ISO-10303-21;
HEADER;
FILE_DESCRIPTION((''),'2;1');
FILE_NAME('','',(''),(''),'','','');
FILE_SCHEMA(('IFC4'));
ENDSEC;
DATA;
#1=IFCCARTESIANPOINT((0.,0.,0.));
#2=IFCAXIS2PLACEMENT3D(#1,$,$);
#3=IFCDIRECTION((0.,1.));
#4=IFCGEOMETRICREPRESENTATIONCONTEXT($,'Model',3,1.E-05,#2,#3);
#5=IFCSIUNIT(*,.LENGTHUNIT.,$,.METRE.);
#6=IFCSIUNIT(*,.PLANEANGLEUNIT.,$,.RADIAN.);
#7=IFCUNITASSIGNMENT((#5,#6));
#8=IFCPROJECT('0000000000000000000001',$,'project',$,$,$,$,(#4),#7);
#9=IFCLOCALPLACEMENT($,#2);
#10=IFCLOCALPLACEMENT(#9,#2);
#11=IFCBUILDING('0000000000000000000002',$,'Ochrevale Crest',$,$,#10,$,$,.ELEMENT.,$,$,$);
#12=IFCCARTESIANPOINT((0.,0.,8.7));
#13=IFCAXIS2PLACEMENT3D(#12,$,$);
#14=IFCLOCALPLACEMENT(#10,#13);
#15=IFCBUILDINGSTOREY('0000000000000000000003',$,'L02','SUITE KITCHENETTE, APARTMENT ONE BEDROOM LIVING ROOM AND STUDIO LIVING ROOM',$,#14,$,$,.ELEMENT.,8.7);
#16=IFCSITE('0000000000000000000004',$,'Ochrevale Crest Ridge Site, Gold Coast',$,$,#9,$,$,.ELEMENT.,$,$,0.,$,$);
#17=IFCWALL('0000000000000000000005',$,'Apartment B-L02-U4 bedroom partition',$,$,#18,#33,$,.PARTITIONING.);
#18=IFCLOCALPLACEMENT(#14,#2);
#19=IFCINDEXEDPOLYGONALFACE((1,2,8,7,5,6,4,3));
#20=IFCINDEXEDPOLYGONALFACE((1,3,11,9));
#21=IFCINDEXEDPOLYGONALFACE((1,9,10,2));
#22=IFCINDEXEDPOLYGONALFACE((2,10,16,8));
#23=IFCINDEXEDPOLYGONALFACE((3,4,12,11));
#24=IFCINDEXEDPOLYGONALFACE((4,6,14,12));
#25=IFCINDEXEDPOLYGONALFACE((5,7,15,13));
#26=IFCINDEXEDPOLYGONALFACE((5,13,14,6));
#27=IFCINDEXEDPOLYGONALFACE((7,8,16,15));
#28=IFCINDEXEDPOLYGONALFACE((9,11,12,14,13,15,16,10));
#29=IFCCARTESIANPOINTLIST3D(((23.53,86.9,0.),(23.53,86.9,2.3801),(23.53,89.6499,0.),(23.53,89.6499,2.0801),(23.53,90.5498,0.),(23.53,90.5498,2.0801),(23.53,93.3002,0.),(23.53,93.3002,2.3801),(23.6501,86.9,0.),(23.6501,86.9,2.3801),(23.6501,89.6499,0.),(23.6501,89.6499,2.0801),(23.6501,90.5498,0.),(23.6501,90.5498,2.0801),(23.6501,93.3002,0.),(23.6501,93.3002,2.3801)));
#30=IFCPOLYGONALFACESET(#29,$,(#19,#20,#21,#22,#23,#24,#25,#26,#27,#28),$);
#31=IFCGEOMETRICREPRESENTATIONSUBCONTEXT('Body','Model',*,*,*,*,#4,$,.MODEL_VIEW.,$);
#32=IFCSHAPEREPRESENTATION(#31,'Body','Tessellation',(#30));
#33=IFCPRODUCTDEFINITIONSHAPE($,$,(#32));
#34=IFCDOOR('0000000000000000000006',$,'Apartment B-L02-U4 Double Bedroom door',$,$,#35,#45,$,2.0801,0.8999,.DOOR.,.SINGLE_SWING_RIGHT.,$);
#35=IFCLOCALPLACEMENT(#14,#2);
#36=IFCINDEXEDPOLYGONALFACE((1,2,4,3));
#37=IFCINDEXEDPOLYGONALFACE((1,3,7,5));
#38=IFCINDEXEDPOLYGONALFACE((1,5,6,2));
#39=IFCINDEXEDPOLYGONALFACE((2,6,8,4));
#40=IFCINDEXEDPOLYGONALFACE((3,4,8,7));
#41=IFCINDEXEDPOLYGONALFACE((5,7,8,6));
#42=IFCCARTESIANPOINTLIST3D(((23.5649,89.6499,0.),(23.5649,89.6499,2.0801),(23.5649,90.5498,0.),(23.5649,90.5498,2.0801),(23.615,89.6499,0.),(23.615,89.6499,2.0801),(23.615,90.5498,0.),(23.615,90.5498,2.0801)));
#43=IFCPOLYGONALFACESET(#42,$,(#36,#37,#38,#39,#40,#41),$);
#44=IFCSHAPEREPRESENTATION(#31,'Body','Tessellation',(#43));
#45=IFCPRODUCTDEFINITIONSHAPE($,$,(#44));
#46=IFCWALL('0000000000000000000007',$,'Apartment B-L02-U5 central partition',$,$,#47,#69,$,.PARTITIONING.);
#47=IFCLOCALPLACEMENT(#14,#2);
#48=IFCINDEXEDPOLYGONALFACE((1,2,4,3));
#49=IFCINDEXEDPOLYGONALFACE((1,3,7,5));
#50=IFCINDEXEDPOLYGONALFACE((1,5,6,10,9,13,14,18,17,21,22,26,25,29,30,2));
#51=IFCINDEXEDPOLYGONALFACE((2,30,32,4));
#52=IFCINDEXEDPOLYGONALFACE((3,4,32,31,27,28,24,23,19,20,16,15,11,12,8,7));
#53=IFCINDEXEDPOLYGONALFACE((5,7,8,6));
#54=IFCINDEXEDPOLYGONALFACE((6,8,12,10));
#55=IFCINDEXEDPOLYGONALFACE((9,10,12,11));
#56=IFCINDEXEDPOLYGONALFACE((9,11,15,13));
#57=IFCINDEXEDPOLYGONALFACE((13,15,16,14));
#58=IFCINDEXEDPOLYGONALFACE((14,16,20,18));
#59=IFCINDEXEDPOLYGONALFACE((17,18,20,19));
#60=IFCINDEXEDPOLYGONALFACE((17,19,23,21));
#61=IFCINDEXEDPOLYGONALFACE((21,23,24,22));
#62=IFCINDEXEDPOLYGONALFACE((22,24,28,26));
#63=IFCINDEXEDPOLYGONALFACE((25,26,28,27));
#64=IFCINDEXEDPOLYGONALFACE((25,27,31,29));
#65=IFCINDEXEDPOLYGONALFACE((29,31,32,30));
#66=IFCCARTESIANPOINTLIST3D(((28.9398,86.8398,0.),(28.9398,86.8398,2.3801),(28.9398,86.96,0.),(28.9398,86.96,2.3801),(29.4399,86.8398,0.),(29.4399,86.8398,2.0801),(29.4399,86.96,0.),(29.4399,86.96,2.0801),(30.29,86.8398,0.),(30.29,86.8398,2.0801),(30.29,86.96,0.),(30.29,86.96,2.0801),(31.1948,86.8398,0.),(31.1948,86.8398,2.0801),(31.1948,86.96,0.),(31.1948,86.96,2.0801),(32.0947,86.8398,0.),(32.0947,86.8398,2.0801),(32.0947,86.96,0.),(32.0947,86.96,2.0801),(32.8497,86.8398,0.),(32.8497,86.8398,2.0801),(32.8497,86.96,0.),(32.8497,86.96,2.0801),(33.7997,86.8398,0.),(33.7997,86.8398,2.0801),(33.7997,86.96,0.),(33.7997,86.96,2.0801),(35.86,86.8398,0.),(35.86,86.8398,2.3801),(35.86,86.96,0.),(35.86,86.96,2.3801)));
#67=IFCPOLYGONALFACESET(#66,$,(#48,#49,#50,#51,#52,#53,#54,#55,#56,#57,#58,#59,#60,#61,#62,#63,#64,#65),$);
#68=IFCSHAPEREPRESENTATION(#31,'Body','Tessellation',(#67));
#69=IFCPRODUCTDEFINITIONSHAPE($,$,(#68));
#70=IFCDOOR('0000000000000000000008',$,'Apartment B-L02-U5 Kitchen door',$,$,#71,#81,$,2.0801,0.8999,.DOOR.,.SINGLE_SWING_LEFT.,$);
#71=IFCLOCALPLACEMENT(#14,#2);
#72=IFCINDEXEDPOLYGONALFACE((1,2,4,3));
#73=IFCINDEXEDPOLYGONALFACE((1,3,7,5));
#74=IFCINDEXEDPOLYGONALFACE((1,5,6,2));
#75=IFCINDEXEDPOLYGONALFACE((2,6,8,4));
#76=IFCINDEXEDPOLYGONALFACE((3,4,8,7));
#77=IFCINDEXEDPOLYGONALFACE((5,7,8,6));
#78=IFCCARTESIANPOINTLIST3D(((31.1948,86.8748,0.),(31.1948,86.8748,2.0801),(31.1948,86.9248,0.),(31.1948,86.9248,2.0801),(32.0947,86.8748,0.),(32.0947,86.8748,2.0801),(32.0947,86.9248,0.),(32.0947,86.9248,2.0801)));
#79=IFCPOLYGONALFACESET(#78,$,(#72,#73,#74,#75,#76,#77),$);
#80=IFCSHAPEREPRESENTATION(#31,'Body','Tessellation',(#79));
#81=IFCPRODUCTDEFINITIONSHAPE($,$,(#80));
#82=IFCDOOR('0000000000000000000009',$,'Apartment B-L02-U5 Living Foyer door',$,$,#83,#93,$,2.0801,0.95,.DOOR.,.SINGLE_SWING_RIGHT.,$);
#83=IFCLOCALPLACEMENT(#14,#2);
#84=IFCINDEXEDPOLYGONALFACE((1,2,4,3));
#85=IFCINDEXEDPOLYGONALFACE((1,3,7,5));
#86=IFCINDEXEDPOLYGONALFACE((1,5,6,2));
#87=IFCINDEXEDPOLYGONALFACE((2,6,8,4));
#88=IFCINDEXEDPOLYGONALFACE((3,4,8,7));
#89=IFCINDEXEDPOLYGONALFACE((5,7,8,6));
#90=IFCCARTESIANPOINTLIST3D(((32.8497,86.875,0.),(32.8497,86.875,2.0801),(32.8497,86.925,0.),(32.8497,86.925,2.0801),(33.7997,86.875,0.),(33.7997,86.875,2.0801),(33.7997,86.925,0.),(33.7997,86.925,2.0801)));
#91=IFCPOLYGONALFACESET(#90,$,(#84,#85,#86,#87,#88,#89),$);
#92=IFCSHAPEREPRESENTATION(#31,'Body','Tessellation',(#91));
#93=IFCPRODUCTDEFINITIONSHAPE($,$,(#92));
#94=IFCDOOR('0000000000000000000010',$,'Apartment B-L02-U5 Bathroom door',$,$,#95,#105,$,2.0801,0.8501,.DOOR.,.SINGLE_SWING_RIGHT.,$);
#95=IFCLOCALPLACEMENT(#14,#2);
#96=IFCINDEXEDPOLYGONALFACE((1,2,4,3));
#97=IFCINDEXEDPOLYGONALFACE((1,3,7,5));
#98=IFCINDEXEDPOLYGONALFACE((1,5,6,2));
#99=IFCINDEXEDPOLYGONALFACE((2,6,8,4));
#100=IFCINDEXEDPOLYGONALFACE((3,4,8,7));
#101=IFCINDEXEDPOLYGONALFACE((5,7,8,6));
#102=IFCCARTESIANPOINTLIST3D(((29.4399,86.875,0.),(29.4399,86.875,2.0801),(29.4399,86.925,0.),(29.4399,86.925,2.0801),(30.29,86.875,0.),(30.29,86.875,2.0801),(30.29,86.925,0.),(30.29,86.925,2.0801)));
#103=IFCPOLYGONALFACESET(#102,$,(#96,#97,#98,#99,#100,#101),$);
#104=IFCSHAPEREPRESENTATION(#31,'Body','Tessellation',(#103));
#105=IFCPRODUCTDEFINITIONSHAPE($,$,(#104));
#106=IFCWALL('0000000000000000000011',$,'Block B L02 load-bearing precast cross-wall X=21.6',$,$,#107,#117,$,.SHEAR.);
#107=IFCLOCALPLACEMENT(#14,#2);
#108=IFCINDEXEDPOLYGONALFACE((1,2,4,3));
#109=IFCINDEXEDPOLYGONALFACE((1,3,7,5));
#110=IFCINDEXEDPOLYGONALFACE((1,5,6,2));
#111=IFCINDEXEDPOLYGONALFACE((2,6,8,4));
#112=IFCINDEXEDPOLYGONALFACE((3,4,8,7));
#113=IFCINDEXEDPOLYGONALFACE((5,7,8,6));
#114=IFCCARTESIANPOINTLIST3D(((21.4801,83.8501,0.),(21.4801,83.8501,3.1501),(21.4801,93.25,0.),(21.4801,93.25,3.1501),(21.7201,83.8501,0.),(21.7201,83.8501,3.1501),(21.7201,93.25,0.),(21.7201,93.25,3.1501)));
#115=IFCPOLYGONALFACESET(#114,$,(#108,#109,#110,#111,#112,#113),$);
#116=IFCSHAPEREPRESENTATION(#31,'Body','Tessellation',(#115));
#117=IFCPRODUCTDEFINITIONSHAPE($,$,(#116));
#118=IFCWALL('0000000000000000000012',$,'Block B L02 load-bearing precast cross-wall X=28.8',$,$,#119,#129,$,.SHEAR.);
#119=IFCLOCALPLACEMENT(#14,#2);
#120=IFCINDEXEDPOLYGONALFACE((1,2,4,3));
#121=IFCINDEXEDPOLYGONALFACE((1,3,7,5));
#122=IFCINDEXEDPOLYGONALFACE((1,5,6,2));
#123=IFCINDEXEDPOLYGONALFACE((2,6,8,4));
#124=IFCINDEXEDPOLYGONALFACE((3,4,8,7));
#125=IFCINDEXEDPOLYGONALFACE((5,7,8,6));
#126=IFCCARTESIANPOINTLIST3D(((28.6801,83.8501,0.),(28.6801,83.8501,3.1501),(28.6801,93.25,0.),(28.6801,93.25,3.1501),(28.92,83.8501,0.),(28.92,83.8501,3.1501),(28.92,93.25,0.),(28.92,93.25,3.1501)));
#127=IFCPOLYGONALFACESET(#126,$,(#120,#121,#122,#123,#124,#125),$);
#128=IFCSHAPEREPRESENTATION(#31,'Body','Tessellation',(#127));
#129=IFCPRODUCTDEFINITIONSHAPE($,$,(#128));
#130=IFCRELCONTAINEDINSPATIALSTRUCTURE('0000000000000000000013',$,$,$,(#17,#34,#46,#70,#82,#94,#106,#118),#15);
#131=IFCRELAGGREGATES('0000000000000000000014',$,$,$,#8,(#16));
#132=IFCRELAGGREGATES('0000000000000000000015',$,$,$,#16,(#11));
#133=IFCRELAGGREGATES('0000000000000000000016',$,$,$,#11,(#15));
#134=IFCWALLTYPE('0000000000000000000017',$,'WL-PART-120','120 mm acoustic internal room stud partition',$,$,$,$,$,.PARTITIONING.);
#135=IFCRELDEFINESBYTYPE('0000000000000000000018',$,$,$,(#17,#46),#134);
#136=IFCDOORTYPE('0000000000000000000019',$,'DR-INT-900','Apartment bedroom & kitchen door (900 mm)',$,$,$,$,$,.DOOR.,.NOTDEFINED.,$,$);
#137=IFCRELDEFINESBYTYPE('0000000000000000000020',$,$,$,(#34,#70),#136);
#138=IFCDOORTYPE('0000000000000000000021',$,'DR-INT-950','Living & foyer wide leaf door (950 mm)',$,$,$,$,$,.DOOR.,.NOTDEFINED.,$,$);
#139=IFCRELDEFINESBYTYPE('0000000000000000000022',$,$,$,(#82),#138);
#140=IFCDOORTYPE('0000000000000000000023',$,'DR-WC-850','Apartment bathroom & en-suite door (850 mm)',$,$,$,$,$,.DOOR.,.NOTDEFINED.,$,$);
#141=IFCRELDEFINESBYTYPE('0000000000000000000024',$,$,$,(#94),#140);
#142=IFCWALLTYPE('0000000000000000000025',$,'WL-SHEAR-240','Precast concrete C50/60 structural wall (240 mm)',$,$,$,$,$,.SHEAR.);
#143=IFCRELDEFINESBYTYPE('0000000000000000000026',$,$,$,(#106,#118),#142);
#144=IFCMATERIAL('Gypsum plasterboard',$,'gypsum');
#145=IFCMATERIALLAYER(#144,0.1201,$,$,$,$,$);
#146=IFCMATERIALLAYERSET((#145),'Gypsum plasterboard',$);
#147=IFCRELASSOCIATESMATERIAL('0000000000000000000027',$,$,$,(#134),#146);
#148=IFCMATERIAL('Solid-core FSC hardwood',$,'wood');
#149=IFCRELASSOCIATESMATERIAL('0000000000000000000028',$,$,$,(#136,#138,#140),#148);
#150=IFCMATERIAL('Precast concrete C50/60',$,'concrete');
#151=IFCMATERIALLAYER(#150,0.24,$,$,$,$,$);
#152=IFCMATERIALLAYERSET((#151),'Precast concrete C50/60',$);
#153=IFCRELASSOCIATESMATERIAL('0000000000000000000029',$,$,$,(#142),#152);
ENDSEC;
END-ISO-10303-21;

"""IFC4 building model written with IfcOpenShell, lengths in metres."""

from ifc_helpers import new_model, si_unit, direction, frame, frame_2d, origin, place, context, subcontext, project, spatial, rectangle, extrude, material, layer, layer_set, type_object, element, fill, save


model = new_model("IFC4")

# Units and contexts
model_context = context("Model", 3, precision=1e-05, world=origin(), true_north=direction((0.0, 1.0)))
body_context = subcontext(model_context, "Body", "Model", "MODEL_VIEW")
ifc_project = project(units=[si_unit("LENGTHUNIT", "METRE"), si_unit("PLANEANGLEUNIT", "RADIAN")], contexts=[model_context])

# Site, building, storey
site_placement = place(None, origin())
site = spatial("IfcSite", under=ifc_project, at=site_placement, Name="Ochrevale Crest Ridge Site, Gold Coast", CompositionType="ELEMENT", RefElevation=0.0)
building_placement = place(site_placement, origin())
building = spatial("IfcBuilding", under=site, at=building_placement, Name="Ochrevale Crest", CompositionType="ELEMENT")
storey_placement = place(building_placement, frame((0.0, 0.0, 8.7)))
storey = spatial("IfcBuildingStorey", under=building, at=storey_placement, Name="L02", Description="SUITE KITCHENETTE, APARTMENT ONE BEDROOM LIVING ROOM AND STUDIO LIVING ROOM", CompositionType="ELEMENT", Elevation=8.7)

# Shared definitions
ifc_material_1 = material(Name="Precast concrete C50/60", Category="concrete")

# Shared definitions
ifc_material_2 = material(Name="Gypsum plasterboard", Category="gypsum")
ifc_layer_1 = layer(ifc_material_2, 0.1201)
ifc_layer_set_1 = layer_set([ifc_layer_1], Name="Gypsum plasterboard")
wall_type_1 = type_object("IfcWallType", Name="WL-PART-120", Description="120 mm acoustic internal room stud partition", PredefinedType="PARTITIONING", material=ifc_layer_set_1)
ifc_material_3 = material(Name="Solid-core FSC hardwood", Category="wood")
door_type_1 = type_object("IfcDoorType", Name="DR-INT-900", Description="Apartment bedroom & kitchen door (900 mm)", OperationType="NOTDEFINED", PredefinedType="DOOR", material=ifc_material_3)
door_type_2 = type_object("IfcDoorType", Name="DR-INT-950", Description="Living & foyer wide leaf door (950 mm)", OperationType="NOTDEFINED", PredefinedType="DOOR", material=ifc_material_3)
door_type_3 = type_object("IfcDoorType", Name="DR-WC-850", Description="Apartment bathroom & en-suite door (850 mm)", OperationType="NOTDEFINED", PredefinedType="DOOR", material=ifc_material_3)

# Wall, opening, door
wall_1_placement = place(storey_placement, frame((23.5901, 86.8999, 0.0), z_axis=(0.0, 0.0, 1.0), x_axis=(0.0, 1.0, 0.0)))
wall_1 = element("IfcWall", 1, at=wall_1_placement, inside=storey, type_object=wall_type_1, Name="Apartment B-L02-U4 bedroom partition", PredefinedType="PARTITIONING", context=body_context, shape_type="SweptSolid", body=[
    extrude(rectangle(XDim=6.4001, YDim=0.1201, at=frame_2d((3.2002, 0.0))), origin(), (0.0, 0.0, 1.0), 2.3801),
])
opening_1_placement = place(wall_1_placement, frame((3.6499, 0.0, 0.0), z_axis=(0.0, 0.0, 1.0), x_axis=(-1.0, 0.0, 0.0)))
opening_1 = element("IfcOpeningElement", 2, at=opening_1_placement, cuts=wall_1, PredefinedType="OPENING", context=body_context, shape_type="SweptSolid", body=[
    extrude(rectangle(XDim=0.8999, YDim=2.0801, at=frame_2d((0.45, 1.04))), frame((0.0, 0.0701, 0.0), z_axis=(0.0, -1.0, 0.0), x_axis=(1.0, 0.0, 0.0)), (0.0, 0.0, 1.0), 0.1401),
])
door_1_placement = place(opening_1_placement, origin())
door_1 = element("IfcDoor", 3, at=door_1_placement, inside=storey, type_object=door_type_1, Name="Apartment B-L02-U4 Double Bedroom door", OperationType="SINGLE_SWING_RIGHT", OverallHeight=2.0801, OverallWidth=0.8999, PredefinedType="DOOR", context=body_context, shape_type="SweptSolid", body=[
    extrude(rectangle(XDim=0.8999, YDim=2.0801, at=frame_2d((0.45, 1.04))), frame((0.0, 0.0249, 0.0), z_axis=(0.0, -1.0, 0.0), x_axis=(1.0, 0.0, 0.0)), (0.0, 0.0, 1.0), 0.05),
])
fill(opening_1, door_1)

# Wall, openings, doors
wall_2_placement = place(storey_placement, frame((28.9399, 86.8999, 0.0), z_axis=(0.0, 0.0, 1.0), x_axis=(1.0, 0.0, 0.0)))
wall_2 = element("IfcWall", 4, at=wall_2_placement, inside=storey, type_object=wall_type_1, Name="Apartment B-L02-U5 central partition", PredefinedType="PARTITIONING", context=body_context, shape_type="SweptSolid", body=[
    extrude(rectangle(XDim=6.9202, YDim=0.1201, at=frame_2d((3.46, 0.0))), origin(), (0.0, 0.0, 1.0), 2.3801),
])
opening_2_placement = place(wall_2_placement, frame((1.3501, 0.0, 0.0), z_axis=(0.0, 0.0, 1.0), x_axis=(-1.0, 0.0, 0.0)))
opening_2 = element("IfcOpeningElement", 5, at=opening_2_placement, cuts=wall_2, PredefinedType="OPENING", context=body_context, shape_type="SweptSolid", body=[
    extrude(rectangle(XDim=0.8501, YDim=2.0801, at=frame_2d((0.425, 1.04))), frame((0.0, 0.0701, 0.0), z_axis=(0.0, -1.0, 0.0), x_axis=(1.0, 0.0, 0.0)), (0.0, 0.0, 1.0), 0.1401),
])
opening_3_placement = place(wall_2_placement, frame((2.2549, 0.0, 0.0)))
opening_3 = element("IfcOpeningElement", 6, at=opening_3_placement, cuts=wall_2, PredefinedType="OPENING", context=body_context, shape_type="SweptSolid", body=[
    extrude(rectangle(XDim=0.8999, YDim=2.0801, at=frame_2d((0.45, 1.04))), frame((0.0, 0.0701, 0.0), z_axis=(0.0, -1.0, 0.0), x_axis=(1.0, 0.0, 0.0)), (0.0, 0.0, 1.0), 0.1401),
])
opening_4_placement = place(wall_2_placement, frame((4.8599, 0.0, 0.0), z_axis=(0.0, 0.0, 1.0), x_axis=(-1.0, 0.0, 0.0)))
opening_4 = element("IfcOpeningElement", 7, at=opening_4_placement, cuts=wall_2, PredefinedType="OPENING", context=body_context, shape_type="SweptSolid", body=[
    extrude(rectangle(XDim=0.95, YDim=2.0801, at=frame_2d((0.4751, 1.04))), frame((0.0, 0.0701, 0.0), z_axis=(0.0, -1.0, 0.0), x_axis=(1.0, 0.0, 0.0)), (0.0, 0.0, 1.0), 0.1401),
])
door_2_placement = place(opening_3_placement, origin())
door_2 = element("IfcDoor", 8, at=door_2_placement, inside=storey, type_object=door_type_1, Name="Apartment B-L02-U5 Kitchen door", OperationType="SINGLE_SWING_LEFT", OverallHeight=2.0801, OverallWidth=0.8999, PredefinedType="DOOR", context=body_context, shape_type="SweptSolid", body=[
    extrude(rectangle(XDim=0.8999, YDim=2.0801, at=frame_2d((0.45, 1.04))), frame((0.0, 0.0249, 0.0), z_axis=(0.0, -1.0, 0.0), x_axis=(1.0, 0.0, 0.0)), (0.0, 0.0, 1.0), 0.05),
])
fill(opening_3, door_2)
door_3_placement = place(opening_4_placement, origin())
door_3 = element("IfcDoor", 9, at=door_3_placement, inside=storey, type_object=door_type_2, Name="Apartment B-L02-U5 Living Foyer door", OperationType="SINGLE_SWING_RIGHT", OverallHeight=2.0801, OverallWidth=0.95, PredefinedType="DOOR", context=body_context, shape_type="SweptSolid", body=[
    extrude(rectangle(XDim=0.95, YDim=2.0801, at=frame_2d((0.4751, 1.04))), frame((0.0, 0.0249, 0.0), z_axis=(0.0, -1.0, 0.0), x_axis=(1.0, 0.0, 0.0)), (0.0, 0.0, 1.0), 0.05),
])
fill(opening_4, door_3)
door_4_placement = place(opening_2_placement, origin())
door_4 = element("IfcDoor", 10, at=door_4_placement, inside=storey, type_object=door_type_3, Name="Apartment B-L02-U5 Bathroom door", OperationType="SINGLE_SWING_RIGHT", OverallHeight=2.0801, OverallWidth=0.8501, PredefinedType="DOOR", context=body_context, shape_type="SweptSolid", body=[
    extrude(rectangle(XDim=0.8501, YDim=2.0801, at=frame_2d((0.425, 1.04))), frame((0.0, 0.0249, 0.0), z_axis=(0.0, -1.0, 0.0), x_axis=(1.0, 0.0, 0.0)), (0.0, 0.0, 1.0), 0.05),
])
fill(opening_2, door_4)

# Walls
ifc_layer_2 = layer(ifc_material_1, 0.24)
ifc_layer_set_2 = layer_set([ifc_layer_2], Name="Precast concrete C50/60")
wall_type_2 = type_object("IfcWallType", Name="WL-SHEAR-240", Description="Precast concrete C50/60 structural wall (240 mm)", PredefinedType="SHEAR", material=ifc_layer_set_2)
for number, where, z_axis, x_axis, name in (
    (11, (21.6001, 83.8501, 0.0), (0.0, 0.0, 1.0), (0.0, 1.0, 0.0), "Block B L02 load-bearing precast cross-wall X=21.6"),
    (12, (28.8, 83.8501, 0.0), (0.0, 0.0, 1.0), (0.0, 1.0, 0.0), "Block B L02 load-bearing precast cross-wall X=28.8"),
):
    element("IfcWall", number, at=place(storey_placement, frame(where, z_axis=z_axis, x_axis=x_axis)), inside=storey, type_object=wall_type_2, Name=name, PredefinedType="SHEAR", context=body_context, shape_type="SweptSolid", body=[
        extrude(rectangle(XDim=9.3999, YDim=0.24, at=frame_2d((4.7, 0.0))), origin(), (0.0, 0.0, 1.0), 3.1501),
    ])

save(model, "model.ifc")
